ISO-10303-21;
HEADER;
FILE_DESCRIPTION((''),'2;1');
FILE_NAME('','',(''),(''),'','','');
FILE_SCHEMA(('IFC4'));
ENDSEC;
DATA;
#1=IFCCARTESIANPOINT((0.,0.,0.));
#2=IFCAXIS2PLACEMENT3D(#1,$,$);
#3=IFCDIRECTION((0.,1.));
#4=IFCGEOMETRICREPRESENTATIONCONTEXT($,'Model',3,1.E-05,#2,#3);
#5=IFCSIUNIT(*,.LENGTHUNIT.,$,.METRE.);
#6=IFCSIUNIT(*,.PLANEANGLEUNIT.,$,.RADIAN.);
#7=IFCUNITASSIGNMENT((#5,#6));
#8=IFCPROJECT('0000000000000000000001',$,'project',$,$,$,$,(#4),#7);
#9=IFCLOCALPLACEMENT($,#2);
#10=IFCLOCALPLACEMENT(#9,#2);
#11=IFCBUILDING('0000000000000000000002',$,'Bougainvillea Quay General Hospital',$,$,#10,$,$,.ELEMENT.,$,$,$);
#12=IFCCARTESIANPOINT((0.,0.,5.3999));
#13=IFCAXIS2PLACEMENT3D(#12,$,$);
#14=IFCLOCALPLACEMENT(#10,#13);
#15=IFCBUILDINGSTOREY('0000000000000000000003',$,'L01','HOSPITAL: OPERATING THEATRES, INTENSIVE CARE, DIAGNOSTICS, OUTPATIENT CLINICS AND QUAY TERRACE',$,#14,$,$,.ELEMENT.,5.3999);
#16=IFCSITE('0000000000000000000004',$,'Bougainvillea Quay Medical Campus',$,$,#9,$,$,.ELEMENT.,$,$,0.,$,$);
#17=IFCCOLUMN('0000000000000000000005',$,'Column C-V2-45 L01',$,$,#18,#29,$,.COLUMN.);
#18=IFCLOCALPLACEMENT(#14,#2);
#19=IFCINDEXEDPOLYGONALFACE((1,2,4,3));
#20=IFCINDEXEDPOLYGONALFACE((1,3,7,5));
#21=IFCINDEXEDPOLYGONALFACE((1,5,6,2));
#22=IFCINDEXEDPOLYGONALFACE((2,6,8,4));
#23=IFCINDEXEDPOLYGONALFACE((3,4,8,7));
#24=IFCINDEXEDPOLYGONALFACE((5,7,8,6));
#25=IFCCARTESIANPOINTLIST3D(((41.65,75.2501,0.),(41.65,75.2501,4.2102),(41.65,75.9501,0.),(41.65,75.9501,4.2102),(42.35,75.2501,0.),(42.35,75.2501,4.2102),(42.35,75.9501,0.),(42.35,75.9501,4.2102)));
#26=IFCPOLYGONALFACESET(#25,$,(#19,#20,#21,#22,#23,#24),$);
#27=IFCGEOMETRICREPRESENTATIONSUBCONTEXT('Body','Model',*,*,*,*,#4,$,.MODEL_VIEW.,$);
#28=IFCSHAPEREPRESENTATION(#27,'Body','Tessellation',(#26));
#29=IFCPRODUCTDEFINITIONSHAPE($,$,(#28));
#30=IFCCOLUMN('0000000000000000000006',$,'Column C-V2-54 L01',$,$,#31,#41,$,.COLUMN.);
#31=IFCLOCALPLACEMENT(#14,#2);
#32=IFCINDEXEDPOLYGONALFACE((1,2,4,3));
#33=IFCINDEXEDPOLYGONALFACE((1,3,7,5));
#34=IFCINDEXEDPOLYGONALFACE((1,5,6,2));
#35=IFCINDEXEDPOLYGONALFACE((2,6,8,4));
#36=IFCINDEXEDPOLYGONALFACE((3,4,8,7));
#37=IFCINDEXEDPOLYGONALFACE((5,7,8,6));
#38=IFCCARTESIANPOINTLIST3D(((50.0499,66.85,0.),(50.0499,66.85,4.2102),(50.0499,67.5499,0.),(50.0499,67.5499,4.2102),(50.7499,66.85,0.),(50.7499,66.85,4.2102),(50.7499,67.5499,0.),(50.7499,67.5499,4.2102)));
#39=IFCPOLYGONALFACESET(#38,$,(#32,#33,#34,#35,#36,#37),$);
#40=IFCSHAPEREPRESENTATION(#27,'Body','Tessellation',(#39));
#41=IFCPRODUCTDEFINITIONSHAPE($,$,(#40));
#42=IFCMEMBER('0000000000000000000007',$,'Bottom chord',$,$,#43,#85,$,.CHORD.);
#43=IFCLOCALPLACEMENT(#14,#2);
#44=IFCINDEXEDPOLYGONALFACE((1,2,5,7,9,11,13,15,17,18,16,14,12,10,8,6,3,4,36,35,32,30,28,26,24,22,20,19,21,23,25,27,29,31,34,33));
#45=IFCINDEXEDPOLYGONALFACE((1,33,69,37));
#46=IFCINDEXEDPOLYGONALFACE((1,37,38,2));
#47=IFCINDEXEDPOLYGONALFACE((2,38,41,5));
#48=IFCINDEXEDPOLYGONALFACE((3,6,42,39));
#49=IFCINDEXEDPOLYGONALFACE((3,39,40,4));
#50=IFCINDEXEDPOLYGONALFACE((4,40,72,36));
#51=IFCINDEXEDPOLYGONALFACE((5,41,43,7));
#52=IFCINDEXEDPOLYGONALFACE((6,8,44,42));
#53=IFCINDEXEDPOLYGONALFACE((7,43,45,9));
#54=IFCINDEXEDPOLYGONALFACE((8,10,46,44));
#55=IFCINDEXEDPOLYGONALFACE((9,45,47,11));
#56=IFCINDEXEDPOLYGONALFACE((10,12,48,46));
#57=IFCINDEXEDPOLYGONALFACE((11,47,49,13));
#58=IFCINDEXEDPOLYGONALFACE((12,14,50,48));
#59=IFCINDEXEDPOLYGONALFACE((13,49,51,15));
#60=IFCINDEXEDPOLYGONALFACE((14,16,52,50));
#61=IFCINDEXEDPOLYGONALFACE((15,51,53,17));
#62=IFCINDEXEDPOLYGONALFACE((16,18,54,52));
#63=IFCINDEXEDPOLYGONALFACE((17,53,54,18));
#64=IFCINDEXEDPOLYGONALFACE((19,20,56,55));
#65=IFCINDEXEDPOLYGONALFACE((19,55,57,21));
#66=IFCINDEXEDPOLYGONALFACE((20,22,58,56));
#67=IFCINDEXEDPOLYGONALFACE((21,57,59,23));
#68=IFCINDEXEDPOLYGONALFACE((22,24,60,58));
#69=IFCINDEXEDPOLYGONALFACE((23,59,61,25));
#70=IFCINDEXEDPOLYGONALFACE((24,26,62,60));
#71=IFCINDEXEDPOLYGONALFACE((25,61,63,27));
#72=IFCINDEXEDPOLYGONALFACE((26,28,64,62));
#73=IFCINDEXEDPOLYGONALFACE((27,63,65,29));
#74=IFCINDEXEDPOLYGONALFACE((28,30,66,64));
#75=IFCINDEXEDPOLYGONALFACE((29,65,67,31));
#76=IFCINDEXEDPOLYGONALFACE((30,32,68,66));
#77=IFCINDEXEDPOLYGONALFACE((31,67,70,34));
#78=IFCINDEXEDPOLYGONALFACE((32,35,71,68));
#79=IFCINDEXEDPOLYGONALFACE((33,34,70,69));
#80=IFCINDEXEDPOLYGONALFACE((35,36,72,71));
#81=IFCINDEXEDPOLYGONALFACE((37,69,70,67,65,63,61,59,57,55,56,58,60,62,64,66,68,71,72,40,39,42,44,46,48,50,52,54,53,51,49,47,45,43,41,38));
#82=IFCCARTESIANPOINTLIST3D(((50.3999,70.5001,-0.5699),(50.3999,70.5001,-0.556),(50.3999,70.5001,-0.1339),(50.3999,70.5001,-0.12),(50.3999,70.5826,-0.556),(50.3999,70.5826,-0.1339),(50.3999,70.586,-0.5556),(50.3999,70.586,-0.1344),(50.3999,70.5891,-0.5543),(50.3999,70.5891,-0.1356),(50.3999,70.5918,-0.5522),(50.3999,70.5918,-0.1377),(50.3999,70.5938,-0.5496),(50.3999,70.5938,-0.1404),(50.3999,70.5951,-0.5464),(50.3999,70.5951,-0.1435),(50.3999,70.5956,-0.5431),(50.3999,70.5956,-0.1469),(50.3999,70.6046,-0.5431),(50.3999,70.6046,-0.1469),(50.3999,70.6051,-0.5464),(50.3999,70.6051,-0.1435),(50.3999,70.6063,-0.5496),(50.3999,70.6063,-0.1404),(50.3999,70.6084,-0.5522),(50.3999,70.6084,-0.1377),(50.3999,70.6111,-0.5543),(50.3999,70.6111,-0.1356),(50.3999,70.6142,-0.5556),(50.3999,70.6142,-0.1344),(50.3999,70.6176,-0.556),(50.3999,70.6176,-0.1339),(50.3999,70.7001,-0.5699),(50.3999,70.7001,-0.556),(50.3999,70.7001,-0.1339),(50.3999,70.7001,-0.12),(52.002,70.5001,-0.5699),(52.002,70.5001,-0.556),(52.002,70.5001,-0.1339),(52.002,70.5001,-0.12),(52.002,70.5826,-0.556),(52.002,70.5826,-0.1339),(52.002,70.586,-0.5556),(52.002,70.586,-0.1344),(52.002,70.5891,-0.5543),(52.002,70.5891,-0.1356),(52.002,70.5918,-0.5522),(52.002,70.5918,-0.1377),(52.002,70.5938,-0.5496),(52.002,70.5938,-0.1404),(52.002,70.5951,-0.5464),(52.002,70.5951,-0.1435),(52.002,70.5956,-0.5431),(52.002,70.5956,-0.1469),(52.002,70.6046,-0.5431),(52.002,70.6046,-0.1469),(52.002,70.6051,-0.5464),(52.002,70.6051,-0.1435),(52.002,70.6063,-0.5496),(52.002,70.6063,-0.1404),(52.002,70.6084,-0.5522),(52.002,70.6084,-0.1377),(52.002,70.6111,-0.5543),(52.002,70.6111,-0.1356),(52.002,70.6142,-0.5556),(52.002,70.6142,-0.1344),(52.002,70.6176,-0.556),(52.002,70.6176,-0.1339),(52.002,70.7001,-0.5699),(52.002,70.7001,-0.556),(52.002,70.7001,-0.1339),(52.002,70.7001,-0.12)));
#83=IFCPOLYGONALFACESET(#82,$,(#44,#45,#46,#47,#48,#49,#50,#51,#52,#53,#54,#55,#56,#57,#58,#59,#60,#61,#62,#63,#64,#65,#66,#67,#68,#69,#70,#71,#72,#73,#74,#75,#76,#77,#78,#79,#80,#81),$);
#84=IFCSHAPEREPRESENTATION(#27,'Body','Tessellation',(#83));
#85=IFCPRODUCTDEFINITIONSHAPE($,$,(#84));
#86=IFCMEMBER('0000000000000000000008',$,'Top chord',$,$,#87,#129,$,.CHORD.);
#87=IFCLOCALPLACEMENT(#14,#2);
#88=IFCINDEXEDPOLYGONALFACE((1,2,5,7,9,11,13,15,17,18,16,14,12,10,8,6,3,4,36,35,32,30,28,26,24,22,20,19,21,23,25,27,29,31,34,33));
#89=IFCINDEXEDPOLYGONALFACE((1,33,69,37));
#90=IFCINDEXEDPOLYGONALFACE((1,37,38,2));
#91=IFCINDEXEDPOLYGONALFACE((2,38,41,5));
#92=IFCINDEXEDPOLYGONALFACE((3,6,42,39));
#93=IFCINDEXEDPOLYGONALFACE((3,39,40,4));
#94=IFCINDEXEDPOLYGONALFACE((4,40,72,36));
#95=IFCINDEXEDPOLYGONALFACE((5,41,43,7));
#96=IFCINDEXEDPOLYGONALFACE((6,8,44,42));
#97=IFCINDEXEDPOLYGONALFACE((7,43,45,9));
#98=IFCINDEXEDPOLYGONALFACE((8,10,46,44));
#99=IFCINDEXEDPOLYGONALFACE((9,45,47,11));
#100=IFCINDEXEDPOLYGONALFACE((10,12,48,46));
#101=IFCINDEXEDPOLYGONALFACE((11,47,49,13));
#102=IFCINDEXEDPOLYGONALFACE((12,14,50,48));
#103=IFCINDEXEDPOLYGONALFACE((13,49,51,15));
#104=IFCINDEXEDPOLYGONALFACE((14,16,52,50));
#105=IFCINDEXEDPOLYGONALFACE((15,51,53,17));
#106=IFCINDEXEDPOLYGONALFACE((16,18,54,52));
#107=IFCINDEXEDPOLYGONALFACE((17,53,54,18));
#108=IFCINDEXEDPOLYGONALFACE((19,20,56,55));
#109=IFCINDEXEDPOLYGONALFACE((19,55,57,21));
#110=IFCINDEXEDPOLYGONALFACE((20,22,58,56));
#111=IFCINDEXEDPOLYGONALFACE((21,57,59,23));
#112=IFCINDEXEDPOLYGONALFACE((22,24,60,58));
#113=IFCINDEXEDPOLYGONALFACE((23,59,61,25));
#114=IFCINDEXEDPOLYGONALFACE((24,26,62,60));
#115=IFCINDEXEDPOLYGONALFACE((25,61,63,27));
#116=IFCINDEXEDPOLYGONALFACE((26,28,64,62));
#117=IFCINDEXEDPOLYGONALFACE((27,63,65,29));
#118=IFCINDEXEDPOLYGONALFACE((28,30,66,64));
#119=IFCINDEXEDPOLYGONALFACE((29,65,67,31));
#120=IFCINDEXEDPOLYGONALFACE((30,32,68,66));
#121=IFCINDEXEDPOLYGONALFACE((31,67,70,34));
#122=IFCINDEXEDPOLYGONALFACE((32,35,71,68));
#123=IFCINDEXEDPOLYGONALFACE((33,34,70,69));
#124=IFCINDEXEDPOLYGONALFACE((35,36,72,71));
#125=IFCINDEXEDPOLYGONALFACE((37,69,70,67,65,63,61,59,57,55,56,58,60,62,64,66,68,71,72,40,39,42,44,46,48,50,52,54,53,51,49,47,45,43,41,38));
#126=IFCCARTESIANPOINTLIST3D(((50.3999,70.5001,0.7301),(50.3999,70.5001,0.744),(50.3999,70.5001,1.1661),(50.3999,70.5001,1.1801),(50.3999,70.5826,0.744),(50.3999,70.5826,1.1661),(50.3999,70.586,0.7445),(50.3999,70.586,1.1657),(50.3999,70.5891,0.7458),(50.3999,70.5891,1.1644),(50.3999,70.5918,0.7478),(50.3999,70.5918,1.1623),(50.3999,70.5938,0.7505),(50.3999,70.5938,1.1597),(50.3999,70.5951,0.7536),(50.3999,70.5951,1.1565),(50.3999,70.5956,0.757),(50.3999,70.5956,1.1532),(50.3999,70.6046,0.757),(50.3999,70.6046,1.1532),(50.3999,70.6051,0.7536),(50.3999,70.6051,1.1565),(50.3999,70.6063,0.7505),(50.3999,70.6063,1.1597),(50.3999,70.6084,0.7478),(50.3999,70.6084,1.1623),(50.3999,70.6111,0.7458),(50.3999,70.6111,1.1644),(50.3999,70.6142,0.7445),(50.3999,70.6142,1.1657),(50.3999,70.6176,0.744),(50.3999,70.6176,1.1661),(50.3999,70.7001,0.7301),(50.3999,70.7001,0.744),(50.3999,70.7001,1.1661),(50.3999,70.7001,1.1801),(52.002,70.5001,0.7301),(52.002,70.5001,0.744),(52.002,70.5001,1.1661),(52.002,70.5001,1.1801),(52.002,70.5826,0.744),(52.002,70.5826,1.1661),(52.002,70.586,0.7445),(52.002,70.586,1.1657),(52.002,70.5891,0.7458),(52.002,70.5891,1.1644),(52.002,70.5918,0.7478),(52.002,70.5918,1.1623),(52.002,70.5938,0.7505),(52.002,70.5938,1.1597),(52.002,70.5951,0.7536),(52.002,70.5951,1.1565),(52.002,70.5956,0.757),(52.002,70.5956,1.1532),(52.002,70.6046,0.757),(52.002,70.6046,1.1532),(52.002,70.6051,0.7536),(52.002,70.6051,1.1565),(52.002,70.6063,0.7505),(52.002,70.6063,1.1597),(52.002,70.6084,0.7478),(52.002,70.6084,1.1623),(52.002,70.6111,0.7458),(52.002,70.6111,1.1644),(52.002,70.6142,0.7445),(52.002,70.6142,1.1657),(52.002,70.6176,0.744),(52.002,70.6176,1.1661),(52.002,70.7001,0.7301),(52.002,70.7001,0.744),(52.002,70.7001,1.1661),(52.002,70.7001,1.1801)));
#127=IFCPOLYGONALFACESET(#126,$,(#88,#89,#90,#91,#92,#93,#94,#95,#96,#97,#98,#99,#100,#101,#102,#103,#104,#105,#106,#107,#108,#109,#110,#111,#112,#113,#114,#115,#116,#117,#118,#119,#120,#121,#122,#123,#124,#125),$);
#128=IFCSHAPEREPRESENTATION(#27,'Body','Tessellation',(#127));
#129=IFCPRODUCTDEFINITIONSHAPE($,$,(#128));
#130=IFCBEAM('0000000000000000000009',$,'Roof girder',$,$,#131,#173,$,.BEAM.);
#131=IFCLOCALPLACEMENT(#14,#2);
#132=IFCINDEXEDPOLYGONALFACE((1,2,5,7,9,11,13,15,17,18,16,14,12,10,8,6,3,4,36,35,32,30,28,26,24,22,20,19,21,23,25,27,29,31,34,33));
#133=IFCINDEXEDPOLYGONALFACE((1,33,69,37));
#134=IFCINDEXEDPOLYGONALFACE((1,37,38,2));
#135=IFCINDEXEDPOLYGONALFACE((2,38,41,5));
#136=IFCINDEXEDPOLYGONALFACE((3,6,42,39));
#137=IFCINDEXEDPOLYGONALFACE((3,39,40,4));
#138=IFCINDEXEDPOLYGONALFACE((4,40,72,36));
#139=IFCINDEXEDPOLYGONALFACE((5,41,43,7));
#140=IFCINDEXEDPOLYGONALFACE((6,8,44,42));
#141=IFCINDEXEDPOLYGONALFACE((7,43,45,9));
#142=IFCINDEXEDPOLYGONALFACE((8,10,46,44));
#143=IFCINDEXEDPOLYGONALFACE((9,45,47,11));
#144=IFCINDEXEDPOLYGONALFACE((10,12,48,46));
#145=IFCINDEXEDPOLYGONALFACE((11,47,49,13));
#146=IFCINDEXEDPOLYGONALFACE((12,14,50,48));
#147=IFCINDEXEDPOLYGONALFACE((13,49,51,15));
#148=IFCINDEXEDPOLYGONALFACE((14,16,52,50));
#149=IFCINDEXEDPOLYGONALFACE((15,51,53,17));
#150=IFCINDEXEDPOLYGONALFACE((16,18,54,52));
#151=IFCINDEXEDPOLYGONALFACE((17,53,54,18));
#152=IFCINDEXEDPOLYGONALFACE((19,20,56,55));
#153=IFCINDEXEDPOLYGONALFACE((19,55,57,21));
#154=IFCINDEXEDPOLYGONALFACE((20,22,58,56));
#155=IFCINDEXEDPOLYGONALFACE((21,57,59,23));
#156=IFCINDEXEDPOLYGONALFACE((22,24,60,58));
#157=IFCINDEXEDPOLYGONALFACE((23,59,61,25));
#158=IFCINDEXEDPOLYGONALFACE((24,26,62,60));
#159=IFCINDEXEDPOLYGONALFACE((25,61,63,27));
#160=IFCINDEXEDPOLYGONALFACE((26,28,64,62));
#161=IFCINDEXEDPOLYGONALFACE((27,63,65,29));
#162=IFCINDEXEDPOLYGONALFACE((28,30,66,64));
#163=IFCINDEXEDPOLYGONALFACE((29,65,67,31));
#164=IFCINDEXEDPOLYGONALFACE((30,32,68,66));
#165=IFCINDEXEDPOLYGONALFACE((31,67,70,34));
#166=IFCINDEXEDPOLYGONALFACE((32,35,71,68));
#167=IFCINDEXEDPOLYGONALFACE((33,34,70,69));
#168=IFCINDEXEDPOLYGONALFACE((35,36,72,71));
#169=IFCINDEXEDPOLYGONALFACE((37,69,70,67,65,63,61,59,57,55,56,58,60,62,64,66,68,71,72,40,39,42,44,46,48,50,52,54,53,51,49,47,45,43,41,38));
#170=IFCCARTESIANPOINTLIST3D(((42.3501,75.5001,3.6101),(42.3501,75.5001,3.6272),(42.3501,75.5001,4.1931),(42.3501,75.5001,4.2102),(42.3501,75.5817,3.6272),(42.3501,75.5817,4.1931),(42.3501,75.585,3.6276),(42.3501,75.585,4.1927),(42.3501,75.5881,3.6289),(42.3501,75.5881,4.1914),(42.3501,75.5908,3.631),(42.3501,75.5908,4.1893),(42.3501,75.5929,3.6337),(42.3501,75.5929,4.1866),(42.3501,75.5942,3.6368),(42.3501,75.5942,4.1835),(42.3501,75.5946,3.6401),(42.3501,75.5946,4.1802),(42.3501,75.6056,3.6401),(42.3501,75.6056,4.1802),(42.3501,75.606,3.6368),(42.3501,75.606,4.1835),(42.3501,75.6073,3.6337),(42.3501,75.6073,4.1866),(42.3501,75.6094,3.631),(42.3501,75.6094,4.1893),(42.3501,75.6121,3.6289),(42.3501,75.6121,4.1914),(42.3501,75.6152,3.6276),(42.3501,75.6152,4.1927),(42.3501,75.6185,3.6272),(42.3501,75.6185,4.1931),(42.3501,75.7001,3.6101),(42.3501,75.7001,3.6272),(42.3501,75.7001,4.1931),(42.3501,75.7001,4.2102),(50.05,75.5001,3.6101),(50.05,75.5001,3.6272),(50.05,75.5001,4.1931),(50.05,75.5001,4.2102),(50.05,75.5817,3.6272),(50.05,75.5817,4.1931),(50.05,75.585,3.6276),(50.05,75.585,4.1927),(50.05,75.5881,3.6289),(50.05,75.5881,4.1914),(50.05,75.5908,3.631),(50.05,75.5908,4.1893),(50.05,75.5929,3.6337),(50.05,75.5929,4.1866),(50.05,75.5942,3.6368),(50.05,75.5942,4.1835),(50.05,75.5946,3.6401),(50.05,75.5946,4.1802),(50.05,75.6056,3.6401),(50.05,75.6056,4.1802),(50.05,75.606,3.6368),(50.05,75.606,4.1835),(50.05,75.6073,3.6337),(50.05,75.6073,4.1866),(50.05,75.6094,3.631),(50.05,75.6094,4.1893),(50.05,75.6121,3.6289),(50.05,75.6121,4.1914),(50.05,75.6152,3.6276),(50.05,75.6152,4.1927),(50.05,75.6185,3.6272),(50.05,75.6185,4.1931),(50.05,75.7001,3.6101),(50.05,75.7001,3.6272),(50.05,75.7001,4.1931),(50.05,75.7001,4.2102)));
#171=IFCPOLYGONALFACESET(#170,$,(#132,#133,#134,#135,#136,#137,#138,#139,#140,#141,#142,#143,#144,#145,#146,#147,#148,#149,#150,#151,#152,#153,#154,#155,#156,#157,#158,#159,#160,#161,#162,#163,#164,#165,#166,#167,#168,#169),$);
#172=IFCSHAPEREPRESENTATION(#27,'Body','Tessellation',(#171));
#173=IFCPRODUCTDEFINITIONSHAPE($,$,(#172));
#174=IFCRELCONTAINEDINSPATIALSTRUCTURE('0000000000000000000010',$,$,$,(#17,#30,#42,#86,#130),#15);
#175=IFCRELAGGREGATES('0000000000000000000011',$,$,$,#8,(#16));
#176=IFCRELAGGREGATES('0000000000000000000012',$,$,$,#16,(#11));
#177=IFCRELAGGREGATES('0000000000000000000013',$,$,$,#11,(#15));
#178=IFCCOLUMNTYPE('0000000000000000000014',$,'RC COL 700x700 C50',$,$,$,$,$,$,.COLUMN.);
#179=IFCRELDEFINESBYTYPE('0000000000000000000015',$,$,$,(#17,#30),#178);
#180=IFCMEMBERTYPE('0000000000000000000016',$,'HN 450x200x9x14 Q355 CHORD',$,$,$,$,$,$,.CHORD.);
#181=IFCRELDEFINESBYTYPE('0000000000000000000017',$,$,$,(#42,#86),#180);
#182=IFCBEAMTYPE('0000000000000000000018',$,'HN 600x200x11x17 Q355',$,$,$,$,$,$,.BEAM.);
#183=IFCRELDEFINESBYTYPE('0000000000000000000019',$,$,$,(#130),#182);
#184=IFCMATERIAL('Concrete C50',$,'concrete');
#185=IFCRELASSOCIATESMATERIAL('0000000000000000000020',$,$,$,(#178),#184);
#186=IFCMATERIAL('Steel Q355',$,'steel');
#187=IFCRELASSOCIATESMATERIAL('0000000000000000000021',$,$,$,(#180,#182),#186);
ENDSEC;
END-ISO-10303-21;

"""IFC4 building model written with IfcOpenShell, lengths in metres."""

from ifc_helpers import new_model, si_unit, direction, frame, origin, origin_2d, place, context, subcontext, project, spatial, rectangle, i_section, extrude, material, material_profile, profile_set, type_object, element, save


model = new_model("IFC4")

# Units and contexts
model_context = context("Model", 3, precision=1e-05, world=origin(), true_north=direction((0.0, 1.0)))
body_context = subcontext(model_context, "Body", "Model", "MODEL_VIEW")
ifc_project = project(units=[si_unit("LENGTHUNIT", "METRE"), si_unit("PLANEANGLEUNIT", "RADIAN")], contexts=[model_context])

# Site, building, storey
site_placement = place(None, origin())
site = spatial("IfcSite", under=ifc_project, at=site_placement, Name="Bougainvillea Quay Medical Campus", CompositionType="ELEMENT", RefElevation=0.0)
building_placement = place(site_placement, origin())
building = spatial("IfcBuilding", under=site, at=building_placement, Name="Bougainvillea Quay General Hospital", CompositionType="ELEMENT")
storey_placement = place(building_placement, frame((0.0, 0.0, 5.3999)))
storey = spatial("IfcBuildingStorey", under=building, at=storey_placement, Name="L01", Description="HOSPITAL: OPERATING THEATRES, INTENSIVE CARE, DIAGNOSTICS, OUTPATIENT CLINICS AND QUAY TERRACE", CompositionType="ELEMENT", Elevation=5.3999)

# Columns
ifc_material_1 = material(Name="Concrete C50", Category="concrete")
ifc_material_profile_1 = material_profile(ifc_material_1, rectangle(XDim=0.7, YDim=0.7, at=origin_2d()))
ifc_profile_set_1 = profile_set([ifc_material_profile_1], Name="Concrete C50")
column_type = type_object("IfcColumnType", Name="RC COL 700x700 C50", PredefinedType="COLUMN", material=ifc_profile_set_1)
for number, where, z_axis, x_axis, name in (
    (1, (42.0, 75.6001, 0.0), (0.0, 0.0, 1.0), (1.0, 0.0, 0.0), "Column C-V2-45 L01"),
    (2, (50.3999, 67.2, 0.0), (0.0, 0.0, 1.0), (1.0, 0.0, 0.0), "Column C-V2-54 L01"),
):
    element("IfcColumn", number, at=place(storey_placement, frame(where, z_axis=z_axis, x_axis=x_axis)), inside=storey, type_object=column_type, Name=name, PredefinedType="COLUMN", context=body_context, shape_type="SweptSolid", body=[
        extrude(rectangle(XDim=0.7, YDim=0.7, at=origin_2d()), origin(), (0.0, 0.0, 1.0), 4.2102),
    ])

# Members
ifc_material_2 = material(Name="Steel Q355", Category="steel")
ifc_material_profile_2 = material_profile(ifc_material_2, i_section(OverallWidth=0.2, OverallDepth=0.45, WebThickness=0.009, FlangeThickness=0.0139, FilletRadius=0.0129, at=origin_2d()))
ifc_profile_set_2 = profile_set([ifc_material_profile_2], Name="Steel Q355")
member_type = type_object("IfcMemberType", Name="HN 450x200x9x14 Q355 CHORD", PredefinedType="CHORD", material=ifc_profile_set_2)
for number, where, z_axis, x_axis, name in (
    (3, (50.3999, 70.6001, -0.345), (1.0, 0.0, 0.0), (0.0, 1.0, 0.0), "Bottom chord"),
    (4, (50.3999, 70.6001, 0.9551), (1.0, 0.0, 0.0), (0.0, 1.0, 0.0), "Top chord"),
):
    element("IfcMember", number, at=place(storey_placement, frame(where, z_axis=z_axis, x_axis=x_axis)), inside=storey, type_object=member_type, Name=name, PredefinedType="CHORD", context=body_context, shape_type="SweptSolid", body=[
        extrude(i_section(OverallWidth=0.2, OverallDepth=0.45, WebThickness=0.009, FlangeThickness=0.0139, FilletRadius=0.0129, at=origin_2d()), origin(), (0.0, 0.0, 1.0), 1.6021),
    ])

# Beam
ifc_material_profile_3 = material_profile(ifc_material_2, i_section(OverallWidth=0.2, OverallDepth=0.6001, WebThickness=0.011, FlangeThickness=0.0171, FilletRadius=0.0129, at=origin_2d()))
ifc_profile_set_3 = profile_set([ifc_material_profile_3], Name="Steel Q355")
beam_type = type_object("IfcBeamType", Name="HN 600x200x11x17 Q355", PredefinedType="BEAM", material=ifc_profile_set_3)
for number, where, z_axis, x_axis, name in (
    (5, (42.3501, 75.6001, 3.9102), (1.0, 0.0, 0.0), (0.0, 1.0, 0.0), "Roof girder"),
):
    element("IfcBeam", number, at=place(storey_placement, frame(where, z_axis=z_axis, x_axis=x_axis)), inside=storey, type_object=beam_type, Name=name, PredefinedType="BEAM", context=body_context, shape_type="SweptSolid", body=[
        extrude(i_section(OverallWidth=0.2, OverallDepth=0.6001, WebThickness=0.011, FlangeThickness=0.0171, FilletRadius=0.0129, at=origin_2d()), origin(), (0.0, 0.0, 1.0), 7.7),
    ])

save(model, "model.ifc")
